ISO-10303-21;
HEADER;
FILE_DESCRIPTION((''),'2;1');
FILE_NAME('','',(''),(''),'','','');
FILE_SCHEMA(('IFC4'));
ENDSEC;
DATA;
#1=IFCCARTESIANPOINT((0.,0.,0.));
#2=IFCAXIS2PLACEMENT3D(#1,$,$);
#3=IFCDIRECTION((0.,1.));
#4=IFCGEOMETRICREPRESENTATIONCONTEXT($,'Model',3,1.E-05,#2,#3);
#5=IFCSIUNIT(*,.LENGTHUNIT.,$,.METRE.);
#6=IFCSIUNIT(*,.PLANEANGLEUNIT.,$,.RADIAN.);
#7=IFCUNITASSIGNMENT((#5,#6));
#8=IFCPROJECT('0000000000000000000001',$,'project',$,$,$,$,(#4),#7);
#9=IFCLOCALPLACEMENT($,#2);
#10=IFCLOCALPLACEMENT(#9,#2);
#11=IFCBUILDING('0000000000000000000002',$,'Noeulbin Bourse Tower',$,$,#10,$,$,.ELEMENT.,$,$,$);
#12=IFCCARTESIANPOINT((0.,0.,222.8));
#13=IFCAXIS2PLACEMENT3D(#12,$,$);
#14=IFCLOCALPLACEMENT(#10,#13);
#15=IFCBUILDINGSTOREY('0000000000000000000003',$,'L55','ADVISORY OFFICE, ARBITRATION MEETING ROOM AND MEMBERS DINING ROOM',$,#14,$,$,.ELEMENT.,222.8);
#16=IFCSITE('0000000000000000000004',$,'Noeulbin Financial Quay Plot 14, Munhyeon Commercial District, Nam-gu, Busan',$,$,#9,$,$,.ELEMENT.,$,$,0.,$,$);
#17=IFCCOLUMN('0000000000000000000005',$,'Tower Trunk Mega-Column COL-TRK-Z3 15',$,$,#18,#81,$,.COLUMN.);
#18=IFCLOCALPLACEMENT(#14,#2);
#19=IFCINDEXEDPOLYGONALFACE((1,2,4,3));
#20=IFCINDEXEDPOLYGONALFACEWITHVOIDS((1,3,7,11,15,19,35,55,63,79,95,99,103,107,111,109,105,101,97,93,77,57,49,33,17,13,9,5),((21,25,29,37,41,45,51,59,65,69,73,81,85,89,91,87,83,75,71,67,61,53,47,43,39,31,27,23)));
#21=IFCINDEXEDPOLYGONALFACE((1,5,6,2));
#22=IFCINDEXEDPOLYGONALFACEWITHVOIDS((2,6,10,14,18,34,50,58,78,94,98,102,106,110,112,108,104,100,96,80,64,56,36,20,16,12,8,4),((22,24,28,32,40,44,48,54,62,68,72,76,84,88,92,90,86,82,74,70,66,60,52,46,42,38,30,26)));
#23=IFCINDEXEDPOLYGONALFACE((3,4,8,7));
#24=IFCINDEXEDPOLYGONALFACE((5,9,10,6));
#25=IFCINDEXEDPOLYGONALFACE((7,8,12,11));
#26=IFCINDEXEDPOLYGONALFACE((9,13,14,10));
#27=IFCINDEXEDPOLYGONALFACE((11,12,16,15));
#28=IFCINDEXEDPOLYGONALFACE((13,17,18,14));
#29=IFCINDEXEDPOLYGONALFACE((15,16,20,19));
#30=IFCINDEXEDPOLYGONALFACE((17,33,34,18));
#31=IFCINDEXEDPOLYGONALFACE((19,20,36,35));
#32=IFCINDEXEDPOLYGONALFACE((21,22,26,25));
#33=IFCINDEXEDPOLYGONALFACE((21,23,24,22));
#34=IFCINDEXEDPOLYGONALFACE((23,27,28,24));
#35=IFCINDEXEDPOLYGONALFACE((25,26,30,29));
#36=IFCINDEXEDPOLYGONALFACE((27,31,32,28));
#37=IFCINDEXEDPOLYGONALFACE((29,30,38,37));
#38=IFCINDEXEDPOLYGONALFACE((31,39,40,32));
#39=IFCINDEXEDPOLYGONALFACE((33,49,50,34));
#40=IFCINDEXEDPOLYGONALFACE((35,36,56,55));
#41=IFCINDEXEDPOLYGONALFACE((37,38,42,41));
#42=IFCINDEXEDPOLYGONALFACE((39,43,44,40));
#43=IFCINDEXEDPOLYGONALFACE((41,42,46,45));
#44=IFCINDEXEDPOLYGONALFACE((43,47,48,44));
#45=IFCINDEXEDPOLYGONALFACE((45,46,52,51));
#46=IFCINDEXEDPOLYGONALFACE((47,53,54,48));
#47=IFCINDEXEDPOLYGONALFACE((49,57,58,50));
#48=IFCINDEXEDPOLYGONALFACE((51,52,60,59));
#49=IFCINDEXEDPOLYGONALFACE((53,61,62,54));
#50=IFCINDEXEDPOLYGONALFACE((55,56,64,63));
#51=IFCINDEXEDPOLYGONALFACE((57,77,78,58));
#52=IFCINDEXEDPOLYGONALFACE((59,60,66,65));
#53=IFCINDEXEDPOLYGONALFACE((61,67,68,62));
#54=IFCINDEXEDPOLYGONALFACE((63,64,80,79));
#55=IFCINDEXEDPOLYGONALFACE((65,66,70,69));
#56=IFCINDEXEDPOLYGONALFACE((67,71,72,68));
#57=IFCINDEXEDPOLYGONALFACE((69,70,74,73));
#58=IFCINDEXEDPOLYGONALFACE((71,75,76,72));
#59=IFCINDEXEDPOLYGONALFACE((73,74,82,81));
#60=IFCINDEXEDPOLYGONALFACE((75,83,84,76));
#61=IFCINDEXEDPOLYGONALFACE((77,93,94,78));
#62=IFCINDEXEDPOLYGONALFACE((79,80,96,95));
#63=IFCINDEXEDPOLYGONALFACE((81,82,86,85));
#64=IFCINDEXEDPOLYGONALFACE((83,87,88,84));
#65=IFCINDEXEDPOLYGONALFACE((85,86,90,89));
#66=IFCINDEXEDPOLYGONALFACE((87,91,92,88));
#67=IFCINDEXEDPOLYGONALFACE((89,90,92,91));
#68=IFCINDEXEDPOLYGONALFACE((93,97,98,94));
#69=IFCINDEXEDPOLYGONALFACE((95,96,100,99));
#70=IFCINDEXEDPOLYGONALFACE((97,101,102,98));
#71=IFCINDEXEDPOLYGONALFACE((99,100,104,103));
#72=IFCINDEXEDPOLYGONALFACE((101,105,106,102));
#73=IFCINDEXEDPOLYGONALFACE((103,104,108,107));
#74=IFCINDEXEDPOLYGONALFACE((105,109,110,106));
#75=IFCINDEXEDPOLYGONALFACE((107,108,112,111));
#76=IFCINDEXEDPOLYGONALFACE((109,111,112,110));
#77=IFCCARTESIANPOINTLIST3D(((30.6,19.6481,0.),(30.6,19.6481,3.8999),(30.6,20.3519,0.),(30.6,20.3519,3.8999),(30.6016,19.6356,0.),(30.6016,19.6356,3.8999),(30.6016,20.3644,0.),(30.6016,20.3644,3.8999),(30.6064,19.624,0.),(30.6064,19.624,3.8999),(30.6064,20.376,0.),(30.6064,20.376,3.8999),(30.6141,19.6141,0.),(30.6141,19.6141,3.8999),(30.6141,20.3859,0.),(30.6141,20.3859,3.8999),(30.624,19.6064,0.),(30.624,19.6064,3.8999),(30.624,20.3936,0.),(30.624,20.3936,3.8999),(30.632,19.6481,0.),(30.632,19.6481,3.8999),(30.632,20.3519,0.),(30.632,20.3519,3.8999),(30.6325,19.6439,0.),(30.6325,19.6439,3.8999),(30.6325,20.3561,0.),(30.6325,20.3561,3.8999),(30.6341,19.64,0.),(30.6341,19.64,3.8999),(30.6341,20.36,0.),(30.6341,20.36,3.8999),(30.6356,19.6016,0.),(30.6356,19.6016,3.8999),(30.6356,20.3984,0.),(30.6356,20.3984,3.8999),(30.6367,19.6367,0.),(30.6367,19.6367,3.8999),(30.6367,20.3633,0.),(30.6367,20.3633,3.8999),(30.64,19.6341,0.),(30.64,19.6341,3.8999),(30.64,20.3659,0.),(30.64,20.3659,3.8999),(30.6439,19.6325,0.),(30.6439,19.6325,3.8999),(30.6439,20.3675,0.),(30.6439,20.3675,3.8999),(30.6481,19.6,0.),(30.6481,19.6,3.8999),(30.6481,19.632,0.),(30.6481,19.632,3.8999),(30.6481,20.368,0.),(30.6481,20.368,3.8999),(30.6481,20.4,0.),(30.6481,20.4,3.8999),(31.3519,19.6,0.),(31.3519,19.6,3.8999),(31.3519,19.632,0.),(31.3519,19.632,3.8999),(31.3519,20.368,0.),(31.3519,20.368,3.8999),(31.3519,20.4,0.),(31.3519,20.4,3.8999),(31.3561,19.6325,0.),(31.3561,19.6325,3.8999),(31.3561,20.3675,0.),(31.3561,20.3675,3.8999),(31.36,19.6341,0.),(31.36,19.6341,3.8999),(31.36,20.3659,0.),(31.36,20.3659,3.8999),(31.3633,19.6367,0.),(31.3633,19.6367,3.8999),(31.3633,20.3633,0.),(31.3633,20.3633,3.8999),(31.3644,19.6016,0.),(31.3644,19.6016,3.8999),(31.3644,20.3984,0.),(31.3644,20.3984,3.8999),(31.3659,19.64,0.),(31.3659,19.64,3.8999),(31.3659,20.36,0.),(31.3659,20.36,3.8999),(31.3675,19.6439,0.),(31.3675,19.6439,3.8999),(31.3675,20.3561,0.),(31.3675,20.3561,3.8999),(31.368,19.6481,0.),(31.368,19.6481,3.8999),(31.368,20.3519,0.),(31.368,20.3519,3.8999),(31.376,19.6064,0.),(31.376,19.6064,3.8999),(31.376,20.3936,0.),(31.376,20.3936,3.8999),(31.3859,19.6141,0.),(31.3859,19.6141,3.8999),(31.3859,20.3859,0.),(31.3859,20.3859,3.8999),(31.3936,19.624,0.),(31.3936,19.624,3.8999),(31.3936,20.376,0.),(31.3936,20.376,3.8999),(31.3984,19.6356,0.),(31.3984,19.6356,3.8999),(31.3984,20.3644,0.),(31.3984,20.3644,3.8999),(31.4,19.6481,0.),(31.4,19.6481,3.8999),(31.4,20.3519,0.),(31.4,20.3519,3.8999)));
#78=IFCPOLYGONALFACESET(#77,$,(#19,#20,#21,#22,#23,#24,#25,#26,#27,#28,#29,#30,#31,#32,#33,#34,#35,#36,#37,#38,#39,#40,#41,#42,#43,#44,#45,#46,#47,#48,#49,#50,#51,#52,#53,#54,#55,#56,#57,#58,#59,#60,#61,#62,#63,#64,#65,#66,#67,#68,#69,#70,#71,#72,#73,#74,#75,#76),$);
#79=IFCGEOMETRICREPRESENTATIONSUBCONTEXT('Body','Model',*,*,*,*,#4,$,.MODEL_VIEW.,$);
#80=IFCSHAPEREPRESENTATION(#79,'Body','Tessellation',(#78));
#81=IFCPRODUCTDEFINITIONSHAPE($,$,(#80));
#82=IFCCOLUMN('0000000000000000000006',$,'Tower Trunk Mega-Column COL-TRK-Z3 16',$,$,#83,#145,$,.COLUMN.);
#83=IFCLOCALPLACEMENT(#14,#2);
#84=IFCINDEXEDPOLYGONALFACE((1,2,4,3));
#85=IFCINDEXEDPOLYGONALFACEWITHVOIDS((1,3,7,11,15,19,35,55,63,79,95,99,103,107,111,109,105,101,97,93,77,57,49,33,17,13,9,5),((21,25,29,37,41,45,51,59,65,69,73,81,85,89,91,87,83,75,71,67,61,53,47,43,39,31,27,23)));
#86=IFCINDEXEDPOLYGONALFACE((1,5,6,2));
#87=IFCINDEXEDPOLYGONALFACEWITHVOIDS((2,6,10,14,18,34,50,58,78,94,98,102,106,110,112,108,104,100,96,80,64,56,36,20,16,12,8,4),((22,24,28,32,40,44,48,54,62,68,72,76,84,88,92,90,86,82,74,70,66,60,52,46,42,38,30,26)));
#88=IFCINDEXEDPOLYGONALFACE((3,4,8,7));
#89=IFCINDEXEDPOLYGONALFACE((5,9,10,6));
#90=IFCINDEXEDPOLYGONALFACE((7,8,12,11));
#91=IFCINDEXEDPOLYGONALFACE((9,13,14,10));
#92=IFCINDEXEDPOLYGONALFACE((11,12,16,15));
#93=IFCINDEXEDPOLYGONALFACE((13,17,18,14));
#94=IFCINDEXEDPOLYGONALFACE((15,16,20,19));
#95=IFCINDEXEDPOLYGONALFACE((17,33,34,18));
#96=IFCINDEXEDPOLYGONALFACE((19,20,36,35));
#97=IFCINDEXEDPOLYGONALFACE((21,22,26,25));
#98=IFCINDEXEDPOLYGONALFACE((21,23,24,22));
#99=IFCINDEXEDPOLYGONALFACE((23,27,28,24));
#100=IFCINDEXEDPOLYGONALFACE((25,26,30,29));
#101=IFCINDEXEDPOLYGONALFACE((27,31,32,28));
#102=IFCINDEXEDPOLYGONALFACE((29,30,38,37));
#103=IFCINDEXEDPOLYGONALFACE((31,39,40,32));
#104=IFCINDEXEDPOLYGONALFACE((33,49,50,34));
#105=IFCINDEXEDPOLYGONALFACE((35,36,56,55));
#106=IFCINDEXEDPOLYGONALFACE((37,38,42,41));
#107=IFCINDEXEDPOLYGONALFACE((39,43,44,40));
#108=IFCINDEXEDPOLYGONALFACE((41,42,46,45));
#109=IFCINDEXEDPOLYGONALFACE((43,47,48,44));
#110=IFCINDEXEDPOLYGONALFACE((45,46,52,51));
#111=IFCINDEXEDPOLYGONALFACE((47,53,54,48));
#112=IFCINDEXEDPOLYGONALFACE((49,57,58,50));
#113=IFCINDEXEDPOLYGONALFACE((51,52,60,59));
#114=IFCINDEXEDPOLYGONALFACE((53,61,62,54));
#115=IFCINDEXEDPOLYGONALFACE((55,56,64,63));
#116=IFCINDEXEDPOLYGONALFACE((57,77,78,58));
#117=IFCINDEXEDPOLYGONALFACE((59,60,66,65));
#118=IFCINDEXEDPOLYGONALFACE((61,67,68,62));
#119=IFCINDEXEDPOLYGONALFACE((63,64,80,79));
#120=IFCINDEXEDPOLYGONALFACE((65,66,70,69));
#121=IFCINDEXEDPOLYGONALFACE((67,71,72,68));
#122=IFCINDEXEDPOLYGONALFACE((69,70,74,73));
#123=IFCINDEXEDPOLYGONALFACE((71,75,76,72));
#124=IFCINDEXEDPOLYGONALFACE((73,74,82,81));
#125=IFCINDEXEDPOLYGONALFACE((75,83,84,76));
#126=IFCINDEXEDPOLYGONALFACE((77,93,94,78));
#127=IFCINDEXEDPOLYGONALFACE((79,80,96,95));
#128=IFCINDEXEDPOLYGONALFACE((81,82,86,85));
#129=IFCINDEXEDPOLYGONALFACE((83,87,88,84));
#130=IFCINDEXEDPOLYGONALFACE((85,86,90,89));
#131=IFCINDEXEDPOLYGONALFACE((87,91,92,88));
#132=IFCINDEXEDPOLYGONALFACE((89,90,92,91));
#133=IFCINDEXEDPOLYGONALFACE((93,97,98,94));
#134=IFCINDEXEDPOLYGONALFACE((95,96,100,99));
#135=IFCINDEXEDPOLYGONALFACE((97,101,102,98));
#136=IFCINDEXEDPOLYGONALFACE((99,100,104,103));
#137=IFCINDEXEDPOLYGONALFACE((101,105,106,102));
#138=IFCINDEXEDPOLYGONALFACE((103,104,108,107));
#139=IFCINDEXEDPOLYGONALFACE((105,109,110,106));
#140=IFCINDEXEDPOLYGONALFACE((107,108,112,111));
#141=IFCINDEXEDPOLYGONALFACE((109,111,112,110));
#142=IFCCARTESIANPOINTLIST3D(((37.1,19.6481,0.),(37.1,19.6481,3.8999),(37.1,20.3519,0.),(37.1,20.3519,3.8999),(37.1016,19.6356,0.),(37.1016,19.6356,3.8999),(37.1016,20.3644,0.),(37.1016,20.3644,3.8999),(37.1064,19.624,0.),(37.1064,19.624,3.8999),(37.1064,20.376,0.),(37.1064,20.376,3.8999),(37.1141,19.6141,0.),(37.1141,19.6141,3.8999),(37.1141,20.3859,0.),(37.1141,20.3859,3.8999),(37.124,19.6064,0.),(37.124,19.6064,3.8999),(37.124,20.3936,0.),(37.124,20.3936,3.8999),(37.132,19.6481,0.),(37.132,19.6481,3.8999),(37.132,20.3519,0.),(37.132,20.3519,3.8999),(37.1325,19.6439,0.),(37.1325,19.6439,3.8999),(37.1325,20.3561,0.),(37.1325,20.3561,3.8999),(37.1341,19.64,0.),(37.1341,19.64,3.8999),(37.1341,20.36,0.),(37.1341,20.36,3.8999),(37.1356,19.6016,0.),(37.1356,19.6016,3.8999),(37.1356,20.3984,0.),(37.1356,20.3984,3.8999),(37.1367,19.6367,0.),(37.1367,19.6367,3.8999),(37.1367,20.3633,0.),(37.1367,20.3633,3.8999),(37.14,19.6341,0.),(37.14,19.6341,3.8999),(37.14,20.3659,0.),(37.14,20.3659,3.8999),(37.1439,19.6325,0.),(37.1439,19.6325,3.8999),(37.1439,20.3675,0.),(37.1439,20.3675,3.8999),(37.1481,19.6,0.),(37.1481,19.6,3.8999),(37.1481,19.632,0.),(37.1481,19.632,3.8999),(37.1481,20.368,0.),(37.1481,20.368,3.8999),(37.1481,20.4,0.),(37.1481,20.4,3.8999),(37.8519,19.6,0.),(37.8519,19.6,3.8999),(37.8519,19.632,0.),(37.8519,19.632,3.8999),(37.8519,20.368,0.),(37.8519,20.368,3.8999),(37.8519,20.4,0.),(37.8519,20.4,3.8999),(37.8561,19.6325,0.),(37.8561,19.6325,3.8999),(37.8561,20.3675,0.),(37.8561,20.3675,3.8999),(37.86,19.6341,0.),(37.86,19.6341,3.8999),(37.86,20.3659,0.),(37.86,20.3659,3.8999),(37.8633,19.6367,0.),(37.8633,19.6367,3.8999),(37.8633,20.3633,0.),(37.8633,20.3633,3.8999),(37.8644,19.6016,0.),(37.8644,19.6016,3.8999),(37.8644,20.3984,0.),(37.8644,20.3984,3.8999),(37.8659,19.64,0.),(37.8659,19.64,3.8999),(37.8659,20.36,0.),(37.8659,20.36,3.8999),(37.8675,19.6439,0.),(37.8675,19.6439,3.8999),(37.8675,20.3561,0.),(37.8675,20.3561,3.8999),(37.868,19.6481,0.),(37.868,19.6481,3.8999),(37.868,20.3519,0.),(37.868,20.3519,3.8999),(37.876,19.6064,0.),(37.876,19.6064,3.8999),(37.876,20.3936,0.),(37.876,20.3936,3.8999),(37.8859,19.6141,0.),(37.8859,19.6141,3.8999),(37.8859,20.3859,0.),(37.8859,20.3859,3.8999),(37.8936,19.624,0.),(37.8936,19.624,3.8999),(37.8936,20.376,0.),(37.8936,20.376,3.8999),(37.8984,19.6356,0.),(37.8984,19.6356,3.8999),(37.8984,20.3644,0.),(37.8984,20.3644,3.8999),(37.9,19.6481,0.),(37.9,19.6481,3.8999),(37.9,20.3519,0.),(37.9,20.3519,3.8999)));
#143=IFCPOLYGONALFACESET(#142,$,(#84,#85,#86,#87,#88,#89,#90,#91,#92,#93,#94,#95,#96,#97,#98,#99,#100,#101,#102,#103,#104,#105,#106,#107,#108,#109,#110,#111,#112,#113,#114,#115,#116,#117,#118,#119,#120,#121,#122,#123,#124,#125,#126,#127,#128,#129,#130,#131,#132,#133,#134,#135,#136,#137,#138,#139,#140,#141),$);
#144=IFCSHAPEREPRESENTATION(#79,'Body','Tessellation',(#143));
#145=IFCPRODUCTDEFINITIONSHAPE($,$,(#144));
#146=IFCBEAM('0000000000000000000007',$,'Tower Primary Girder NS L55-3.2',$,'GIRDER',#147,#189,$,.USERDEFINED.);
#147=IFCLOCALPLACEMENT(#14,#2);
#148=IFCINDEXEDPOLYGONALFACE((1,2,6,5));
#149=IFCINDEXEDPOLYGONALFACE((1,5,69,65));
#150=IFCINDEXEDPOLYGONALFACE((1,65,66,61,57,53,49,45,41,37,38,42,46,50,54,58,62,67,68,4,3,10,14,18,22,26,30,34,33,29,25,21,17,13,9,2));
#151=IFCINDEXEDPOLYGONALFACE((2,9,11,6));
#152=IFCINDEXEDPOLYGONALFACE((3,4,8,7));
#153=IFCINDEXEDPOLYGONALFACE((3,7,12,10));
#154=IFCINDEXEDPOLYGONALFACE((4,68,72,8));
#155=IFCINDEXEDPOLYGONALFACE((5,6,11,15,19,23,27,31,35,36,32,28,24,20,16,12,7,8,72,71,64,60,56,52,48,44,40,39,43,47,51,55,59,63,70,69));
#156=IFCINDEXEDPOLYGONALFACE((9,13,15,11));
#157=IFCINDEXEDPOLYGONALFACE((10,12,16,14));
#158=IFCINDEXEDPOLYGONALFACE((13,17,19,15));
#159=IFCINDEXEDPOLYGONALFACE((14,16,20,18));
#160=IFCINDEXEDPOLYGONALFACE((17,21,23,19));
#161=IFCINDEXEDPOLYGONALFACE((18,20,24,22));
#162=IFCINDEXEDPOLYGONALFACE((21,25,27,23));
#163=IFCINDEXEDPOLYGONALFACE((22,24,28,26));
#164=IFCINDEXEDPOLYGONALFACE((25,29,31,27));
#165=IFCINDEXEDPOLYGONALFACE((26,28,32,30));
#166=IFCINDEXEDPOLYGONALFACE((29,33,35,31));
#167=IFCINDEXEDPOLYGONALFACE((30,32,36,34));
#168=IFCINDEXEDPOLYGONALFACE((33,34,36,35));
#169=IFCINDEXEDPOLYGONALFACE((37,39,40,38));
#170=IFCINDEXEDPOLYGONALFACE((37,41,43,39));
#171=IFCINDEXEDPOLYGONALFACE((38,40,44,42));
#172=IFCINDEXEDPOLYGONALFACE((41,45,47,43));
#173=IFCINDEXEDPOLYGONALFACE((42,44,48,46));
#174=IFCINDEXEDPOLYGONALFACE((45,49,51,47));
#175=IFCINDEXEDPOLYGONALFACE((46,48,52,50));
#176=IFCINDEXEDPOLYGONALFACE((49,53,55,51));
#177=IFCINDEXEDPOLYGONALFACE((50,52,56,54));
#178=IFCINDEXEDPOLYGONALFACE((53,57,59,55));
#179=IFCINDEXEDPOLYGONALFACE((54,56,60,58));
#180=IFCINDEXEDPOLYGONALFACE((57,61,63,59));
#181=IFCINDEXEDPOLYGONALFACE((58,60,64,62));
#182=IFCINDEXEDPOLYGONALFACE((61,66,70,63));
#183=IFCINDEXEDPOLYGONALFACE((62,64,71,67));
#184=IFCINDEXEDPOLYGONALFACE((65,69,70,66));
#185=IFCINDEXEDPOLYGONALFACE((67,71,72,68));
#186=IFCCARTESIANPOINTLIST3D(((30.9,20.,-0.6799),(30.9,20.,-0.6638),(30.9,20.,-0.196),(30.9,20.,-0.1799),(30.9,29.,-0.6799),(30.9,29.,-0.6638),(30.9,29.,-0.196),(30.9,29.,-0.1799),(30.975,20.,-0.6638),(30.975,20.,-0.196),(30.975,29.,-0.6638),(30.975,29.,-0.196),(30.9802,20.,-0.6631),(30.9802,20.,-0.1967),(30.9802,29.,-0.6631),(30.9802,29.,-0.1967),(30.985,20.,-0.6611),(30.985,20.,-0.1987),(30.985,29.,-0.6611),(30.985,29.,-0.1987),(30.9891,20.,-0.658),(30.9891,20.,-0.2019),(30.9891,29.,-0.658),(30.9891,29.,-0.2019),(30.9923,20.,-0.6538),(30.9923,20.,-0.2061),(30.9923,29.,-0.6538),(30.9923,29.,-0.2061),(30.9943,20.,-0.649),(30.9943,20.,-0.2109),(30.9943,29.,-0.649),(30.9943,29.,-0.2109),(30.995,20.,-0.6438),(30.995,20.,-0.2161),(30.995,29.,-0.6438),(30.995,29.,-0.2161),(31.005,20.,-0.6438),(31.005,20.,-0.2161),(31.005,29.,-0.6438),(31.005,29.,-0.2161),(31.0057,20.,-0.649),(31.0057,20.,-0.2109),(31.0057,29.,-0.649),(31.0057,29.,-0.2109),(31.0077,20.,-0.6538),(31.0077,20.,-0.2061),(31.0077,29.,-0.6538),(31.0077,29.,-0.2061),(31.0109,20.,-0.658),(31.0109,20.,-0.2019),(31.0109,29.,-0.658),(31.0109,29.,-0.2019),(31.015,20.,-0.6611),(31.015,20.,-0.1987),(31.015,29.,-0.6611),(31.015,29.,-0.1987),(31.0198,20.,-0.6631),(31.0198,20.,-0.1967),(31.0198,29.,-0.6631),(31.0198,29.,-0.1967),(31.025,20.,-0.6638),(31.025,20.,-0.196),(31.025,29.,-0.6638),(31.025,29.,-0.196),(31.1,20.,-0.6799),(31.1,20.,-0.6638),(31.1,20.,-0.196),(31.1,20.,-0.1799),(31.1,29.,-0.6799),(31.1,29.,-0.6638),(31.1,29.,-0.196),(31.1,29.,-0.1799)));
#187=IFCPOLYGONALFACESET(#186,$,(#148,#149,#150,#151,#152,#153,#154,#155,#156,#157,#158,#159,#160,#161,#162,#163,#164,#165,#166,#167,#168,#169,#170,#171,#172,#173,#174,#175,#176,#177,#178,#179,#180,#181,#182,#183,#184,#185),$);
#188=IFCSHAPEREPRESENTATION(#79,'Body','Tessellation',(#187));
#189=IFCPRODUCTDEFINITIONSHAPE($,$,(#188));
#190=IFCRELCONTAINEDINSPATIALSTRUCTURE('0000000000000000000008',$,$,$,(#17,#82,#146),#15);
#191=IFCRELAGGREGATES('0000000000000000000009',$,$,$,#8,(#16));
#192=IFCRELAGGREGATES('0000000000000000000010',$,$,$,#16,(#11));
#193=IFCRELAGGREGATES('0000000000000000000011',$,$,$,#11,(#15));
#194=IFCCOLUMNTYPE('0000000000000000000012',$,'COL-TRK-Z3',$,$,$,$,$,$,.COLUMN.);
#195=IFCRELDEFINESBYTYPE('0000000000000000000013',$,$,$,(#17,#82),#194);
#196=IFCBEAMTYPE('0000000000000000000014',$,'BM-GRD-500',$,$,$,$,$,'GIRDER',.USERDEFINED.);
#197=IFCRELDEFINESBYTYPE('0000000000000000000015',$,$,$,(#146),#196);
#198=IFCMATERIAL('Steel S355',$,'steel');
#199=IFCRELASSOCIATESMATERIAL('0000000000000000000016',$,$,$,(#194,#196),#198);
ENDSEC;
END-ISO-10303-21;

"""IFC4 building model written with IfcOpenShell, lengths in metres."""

from ifc_helpers import new_model, si_unit, direction, frame, origin, origin_2d, place, context, subcontext, project, spatial, hollow_rectangle, i_section, extrude, material, material_profile, profile_set, type_object, element, save


model = new_model("IFC4")

# Units and contexts
model_context = context("Model", 3, precision=1e-05, world=origin(), true_north=direction((0.0, 1.0)))
body_context = subcontext(model_context, "Body", "Model", "MODEL_VIEW")
ifc_project = project(units=[si_unit("LENGTHUNIT", "METRE"), si_unit("PLANEANGLEUNIT", "RADIAN")], contexts=[model_context])

# Site, building, storey
site_placement = place(None, origin())
site = spatial("IfcSite", under=ifc_project, at=site_placement, Name="Noeulbin Financial Quay Plot 14, Munhyeon Commercial District, Nam-gu, Busan", CompositionType="ELEMENT", RefElevation=0.0)
building_placement = place(site_placement, origin())
building = spatial("IfcBuilding", under=site, at=building_placement, Name="Noeulbin Bourse Tower", CompositionType="ELEMENT")
storey_placement = place(building_placement, frame((0.0, 0.0, 222.8)))
storey = spatial("IfcBuildingStorey", under=building, at=storey_placement, Name="L55", Description="ADVISORY OFFICE, ARBITRATION MEETING ROOM AND MEMBERS DINING ROOM", CompositionType="ELEMENT", Elevation=222.8)

# Columns
ifc_material_1 = material(Name="Steel S355", Category="steel")
ifc_material_profile_1 = material_profile(ifc_material_1, hollow_rectangle(XDim=0.8, YDim=0.8, WallThickness=0.032, InnerFilletRadius=0.0161, OuterFilletRadius=0.0481, at=origin_2d()), Name="BOX-800x800x32", Category="LoadBearing")
ifc_profile_set_1 = profile_set([ifc_material_profile_1], Name="Steel S355")
column_type = type_object("IfcColumnType", Name="COL-TRK-Z3", PredefinedType="COLUMN", material=ifc_profile_set_1)
for number, where, z_axis, x_axis, name in (
    (1, (31.0, 20.0, 0.0), (0.0, 0.0, 1.0), (1.0, 0.0, 0.0), "Tower Trunk Mega-Column COL-TRK-Z3 15"),
    (2, (37.5, 20.0, 0.0), (0.0, 0.0, 1.0), (1.0, 0.0, 0.0), "Tower Trunk Mega-Column COL-TRK-Z3 16"),
):
    element("IfcColumn", number, at=place(storey_placement, frame(where, z_axis=z_axis, x_axis=x_axis)), inside=storey, type_object=column_type, Name=name, PredefinedType="COLUMN", context=body_context, shape_type="SweptSolid", body=[
        extrude(hollow_rectangle(XDim=0.8, YDim=0.8, WallThickness=0.032, InnerFilletRadius=0.0161, OuterFilletRadius=0.0481, at=origin_2d()), origin(), (0.0, 0.0, 1.0), 3.8999),
    ])

# Beam
ifc_material_profile_2 = material_profile(ifc_material_1, i_section(OverallWidth=0.2, OverallDepth=0.5, WebThickness=0.01, FlangeThickness=0.0161, FilletRadius=0.02, at=origin_2d()), Name="H-500x200x10x16", Category="LoadBearing")
ifc_profile_set_2 = profile_set([ifc_material_profile_2], Name="Steel S355")
beam_type_1 = type_object("IfcBeamType", Name="BM-GRD-500", ElementType="GIRDER", PredefinedType="USERDEFINED", material=ifc_profile_set_2)
beam_1_placement = place(storey_placement, frame((31.0, 20.0, -0.4299), z_axis=(0.0, 1.0, 0.0), x_axis=(-1.0, 0.0, 0.0)))
element("IfcBeam", 3, at=beam_1_placement, inside=storey, type_object=beam_type_1, Name="Tower Primary Girder NS L55-3.2", ObjectType="GIRDER", PredefinedType="USERDEFINED", context=body_context, shape_type="SweptSolid", body=[
    extrude(i_section(OverallWidth=0.2, OverallDepth=0.5, WebThickness=0.01, FlangeThickness=0.0161, FilletRadius=0.02, at=origin_2d()), origin(), (0.0, 0.0, 1.0), 9.0),
])

save(model, "model.ifc")
